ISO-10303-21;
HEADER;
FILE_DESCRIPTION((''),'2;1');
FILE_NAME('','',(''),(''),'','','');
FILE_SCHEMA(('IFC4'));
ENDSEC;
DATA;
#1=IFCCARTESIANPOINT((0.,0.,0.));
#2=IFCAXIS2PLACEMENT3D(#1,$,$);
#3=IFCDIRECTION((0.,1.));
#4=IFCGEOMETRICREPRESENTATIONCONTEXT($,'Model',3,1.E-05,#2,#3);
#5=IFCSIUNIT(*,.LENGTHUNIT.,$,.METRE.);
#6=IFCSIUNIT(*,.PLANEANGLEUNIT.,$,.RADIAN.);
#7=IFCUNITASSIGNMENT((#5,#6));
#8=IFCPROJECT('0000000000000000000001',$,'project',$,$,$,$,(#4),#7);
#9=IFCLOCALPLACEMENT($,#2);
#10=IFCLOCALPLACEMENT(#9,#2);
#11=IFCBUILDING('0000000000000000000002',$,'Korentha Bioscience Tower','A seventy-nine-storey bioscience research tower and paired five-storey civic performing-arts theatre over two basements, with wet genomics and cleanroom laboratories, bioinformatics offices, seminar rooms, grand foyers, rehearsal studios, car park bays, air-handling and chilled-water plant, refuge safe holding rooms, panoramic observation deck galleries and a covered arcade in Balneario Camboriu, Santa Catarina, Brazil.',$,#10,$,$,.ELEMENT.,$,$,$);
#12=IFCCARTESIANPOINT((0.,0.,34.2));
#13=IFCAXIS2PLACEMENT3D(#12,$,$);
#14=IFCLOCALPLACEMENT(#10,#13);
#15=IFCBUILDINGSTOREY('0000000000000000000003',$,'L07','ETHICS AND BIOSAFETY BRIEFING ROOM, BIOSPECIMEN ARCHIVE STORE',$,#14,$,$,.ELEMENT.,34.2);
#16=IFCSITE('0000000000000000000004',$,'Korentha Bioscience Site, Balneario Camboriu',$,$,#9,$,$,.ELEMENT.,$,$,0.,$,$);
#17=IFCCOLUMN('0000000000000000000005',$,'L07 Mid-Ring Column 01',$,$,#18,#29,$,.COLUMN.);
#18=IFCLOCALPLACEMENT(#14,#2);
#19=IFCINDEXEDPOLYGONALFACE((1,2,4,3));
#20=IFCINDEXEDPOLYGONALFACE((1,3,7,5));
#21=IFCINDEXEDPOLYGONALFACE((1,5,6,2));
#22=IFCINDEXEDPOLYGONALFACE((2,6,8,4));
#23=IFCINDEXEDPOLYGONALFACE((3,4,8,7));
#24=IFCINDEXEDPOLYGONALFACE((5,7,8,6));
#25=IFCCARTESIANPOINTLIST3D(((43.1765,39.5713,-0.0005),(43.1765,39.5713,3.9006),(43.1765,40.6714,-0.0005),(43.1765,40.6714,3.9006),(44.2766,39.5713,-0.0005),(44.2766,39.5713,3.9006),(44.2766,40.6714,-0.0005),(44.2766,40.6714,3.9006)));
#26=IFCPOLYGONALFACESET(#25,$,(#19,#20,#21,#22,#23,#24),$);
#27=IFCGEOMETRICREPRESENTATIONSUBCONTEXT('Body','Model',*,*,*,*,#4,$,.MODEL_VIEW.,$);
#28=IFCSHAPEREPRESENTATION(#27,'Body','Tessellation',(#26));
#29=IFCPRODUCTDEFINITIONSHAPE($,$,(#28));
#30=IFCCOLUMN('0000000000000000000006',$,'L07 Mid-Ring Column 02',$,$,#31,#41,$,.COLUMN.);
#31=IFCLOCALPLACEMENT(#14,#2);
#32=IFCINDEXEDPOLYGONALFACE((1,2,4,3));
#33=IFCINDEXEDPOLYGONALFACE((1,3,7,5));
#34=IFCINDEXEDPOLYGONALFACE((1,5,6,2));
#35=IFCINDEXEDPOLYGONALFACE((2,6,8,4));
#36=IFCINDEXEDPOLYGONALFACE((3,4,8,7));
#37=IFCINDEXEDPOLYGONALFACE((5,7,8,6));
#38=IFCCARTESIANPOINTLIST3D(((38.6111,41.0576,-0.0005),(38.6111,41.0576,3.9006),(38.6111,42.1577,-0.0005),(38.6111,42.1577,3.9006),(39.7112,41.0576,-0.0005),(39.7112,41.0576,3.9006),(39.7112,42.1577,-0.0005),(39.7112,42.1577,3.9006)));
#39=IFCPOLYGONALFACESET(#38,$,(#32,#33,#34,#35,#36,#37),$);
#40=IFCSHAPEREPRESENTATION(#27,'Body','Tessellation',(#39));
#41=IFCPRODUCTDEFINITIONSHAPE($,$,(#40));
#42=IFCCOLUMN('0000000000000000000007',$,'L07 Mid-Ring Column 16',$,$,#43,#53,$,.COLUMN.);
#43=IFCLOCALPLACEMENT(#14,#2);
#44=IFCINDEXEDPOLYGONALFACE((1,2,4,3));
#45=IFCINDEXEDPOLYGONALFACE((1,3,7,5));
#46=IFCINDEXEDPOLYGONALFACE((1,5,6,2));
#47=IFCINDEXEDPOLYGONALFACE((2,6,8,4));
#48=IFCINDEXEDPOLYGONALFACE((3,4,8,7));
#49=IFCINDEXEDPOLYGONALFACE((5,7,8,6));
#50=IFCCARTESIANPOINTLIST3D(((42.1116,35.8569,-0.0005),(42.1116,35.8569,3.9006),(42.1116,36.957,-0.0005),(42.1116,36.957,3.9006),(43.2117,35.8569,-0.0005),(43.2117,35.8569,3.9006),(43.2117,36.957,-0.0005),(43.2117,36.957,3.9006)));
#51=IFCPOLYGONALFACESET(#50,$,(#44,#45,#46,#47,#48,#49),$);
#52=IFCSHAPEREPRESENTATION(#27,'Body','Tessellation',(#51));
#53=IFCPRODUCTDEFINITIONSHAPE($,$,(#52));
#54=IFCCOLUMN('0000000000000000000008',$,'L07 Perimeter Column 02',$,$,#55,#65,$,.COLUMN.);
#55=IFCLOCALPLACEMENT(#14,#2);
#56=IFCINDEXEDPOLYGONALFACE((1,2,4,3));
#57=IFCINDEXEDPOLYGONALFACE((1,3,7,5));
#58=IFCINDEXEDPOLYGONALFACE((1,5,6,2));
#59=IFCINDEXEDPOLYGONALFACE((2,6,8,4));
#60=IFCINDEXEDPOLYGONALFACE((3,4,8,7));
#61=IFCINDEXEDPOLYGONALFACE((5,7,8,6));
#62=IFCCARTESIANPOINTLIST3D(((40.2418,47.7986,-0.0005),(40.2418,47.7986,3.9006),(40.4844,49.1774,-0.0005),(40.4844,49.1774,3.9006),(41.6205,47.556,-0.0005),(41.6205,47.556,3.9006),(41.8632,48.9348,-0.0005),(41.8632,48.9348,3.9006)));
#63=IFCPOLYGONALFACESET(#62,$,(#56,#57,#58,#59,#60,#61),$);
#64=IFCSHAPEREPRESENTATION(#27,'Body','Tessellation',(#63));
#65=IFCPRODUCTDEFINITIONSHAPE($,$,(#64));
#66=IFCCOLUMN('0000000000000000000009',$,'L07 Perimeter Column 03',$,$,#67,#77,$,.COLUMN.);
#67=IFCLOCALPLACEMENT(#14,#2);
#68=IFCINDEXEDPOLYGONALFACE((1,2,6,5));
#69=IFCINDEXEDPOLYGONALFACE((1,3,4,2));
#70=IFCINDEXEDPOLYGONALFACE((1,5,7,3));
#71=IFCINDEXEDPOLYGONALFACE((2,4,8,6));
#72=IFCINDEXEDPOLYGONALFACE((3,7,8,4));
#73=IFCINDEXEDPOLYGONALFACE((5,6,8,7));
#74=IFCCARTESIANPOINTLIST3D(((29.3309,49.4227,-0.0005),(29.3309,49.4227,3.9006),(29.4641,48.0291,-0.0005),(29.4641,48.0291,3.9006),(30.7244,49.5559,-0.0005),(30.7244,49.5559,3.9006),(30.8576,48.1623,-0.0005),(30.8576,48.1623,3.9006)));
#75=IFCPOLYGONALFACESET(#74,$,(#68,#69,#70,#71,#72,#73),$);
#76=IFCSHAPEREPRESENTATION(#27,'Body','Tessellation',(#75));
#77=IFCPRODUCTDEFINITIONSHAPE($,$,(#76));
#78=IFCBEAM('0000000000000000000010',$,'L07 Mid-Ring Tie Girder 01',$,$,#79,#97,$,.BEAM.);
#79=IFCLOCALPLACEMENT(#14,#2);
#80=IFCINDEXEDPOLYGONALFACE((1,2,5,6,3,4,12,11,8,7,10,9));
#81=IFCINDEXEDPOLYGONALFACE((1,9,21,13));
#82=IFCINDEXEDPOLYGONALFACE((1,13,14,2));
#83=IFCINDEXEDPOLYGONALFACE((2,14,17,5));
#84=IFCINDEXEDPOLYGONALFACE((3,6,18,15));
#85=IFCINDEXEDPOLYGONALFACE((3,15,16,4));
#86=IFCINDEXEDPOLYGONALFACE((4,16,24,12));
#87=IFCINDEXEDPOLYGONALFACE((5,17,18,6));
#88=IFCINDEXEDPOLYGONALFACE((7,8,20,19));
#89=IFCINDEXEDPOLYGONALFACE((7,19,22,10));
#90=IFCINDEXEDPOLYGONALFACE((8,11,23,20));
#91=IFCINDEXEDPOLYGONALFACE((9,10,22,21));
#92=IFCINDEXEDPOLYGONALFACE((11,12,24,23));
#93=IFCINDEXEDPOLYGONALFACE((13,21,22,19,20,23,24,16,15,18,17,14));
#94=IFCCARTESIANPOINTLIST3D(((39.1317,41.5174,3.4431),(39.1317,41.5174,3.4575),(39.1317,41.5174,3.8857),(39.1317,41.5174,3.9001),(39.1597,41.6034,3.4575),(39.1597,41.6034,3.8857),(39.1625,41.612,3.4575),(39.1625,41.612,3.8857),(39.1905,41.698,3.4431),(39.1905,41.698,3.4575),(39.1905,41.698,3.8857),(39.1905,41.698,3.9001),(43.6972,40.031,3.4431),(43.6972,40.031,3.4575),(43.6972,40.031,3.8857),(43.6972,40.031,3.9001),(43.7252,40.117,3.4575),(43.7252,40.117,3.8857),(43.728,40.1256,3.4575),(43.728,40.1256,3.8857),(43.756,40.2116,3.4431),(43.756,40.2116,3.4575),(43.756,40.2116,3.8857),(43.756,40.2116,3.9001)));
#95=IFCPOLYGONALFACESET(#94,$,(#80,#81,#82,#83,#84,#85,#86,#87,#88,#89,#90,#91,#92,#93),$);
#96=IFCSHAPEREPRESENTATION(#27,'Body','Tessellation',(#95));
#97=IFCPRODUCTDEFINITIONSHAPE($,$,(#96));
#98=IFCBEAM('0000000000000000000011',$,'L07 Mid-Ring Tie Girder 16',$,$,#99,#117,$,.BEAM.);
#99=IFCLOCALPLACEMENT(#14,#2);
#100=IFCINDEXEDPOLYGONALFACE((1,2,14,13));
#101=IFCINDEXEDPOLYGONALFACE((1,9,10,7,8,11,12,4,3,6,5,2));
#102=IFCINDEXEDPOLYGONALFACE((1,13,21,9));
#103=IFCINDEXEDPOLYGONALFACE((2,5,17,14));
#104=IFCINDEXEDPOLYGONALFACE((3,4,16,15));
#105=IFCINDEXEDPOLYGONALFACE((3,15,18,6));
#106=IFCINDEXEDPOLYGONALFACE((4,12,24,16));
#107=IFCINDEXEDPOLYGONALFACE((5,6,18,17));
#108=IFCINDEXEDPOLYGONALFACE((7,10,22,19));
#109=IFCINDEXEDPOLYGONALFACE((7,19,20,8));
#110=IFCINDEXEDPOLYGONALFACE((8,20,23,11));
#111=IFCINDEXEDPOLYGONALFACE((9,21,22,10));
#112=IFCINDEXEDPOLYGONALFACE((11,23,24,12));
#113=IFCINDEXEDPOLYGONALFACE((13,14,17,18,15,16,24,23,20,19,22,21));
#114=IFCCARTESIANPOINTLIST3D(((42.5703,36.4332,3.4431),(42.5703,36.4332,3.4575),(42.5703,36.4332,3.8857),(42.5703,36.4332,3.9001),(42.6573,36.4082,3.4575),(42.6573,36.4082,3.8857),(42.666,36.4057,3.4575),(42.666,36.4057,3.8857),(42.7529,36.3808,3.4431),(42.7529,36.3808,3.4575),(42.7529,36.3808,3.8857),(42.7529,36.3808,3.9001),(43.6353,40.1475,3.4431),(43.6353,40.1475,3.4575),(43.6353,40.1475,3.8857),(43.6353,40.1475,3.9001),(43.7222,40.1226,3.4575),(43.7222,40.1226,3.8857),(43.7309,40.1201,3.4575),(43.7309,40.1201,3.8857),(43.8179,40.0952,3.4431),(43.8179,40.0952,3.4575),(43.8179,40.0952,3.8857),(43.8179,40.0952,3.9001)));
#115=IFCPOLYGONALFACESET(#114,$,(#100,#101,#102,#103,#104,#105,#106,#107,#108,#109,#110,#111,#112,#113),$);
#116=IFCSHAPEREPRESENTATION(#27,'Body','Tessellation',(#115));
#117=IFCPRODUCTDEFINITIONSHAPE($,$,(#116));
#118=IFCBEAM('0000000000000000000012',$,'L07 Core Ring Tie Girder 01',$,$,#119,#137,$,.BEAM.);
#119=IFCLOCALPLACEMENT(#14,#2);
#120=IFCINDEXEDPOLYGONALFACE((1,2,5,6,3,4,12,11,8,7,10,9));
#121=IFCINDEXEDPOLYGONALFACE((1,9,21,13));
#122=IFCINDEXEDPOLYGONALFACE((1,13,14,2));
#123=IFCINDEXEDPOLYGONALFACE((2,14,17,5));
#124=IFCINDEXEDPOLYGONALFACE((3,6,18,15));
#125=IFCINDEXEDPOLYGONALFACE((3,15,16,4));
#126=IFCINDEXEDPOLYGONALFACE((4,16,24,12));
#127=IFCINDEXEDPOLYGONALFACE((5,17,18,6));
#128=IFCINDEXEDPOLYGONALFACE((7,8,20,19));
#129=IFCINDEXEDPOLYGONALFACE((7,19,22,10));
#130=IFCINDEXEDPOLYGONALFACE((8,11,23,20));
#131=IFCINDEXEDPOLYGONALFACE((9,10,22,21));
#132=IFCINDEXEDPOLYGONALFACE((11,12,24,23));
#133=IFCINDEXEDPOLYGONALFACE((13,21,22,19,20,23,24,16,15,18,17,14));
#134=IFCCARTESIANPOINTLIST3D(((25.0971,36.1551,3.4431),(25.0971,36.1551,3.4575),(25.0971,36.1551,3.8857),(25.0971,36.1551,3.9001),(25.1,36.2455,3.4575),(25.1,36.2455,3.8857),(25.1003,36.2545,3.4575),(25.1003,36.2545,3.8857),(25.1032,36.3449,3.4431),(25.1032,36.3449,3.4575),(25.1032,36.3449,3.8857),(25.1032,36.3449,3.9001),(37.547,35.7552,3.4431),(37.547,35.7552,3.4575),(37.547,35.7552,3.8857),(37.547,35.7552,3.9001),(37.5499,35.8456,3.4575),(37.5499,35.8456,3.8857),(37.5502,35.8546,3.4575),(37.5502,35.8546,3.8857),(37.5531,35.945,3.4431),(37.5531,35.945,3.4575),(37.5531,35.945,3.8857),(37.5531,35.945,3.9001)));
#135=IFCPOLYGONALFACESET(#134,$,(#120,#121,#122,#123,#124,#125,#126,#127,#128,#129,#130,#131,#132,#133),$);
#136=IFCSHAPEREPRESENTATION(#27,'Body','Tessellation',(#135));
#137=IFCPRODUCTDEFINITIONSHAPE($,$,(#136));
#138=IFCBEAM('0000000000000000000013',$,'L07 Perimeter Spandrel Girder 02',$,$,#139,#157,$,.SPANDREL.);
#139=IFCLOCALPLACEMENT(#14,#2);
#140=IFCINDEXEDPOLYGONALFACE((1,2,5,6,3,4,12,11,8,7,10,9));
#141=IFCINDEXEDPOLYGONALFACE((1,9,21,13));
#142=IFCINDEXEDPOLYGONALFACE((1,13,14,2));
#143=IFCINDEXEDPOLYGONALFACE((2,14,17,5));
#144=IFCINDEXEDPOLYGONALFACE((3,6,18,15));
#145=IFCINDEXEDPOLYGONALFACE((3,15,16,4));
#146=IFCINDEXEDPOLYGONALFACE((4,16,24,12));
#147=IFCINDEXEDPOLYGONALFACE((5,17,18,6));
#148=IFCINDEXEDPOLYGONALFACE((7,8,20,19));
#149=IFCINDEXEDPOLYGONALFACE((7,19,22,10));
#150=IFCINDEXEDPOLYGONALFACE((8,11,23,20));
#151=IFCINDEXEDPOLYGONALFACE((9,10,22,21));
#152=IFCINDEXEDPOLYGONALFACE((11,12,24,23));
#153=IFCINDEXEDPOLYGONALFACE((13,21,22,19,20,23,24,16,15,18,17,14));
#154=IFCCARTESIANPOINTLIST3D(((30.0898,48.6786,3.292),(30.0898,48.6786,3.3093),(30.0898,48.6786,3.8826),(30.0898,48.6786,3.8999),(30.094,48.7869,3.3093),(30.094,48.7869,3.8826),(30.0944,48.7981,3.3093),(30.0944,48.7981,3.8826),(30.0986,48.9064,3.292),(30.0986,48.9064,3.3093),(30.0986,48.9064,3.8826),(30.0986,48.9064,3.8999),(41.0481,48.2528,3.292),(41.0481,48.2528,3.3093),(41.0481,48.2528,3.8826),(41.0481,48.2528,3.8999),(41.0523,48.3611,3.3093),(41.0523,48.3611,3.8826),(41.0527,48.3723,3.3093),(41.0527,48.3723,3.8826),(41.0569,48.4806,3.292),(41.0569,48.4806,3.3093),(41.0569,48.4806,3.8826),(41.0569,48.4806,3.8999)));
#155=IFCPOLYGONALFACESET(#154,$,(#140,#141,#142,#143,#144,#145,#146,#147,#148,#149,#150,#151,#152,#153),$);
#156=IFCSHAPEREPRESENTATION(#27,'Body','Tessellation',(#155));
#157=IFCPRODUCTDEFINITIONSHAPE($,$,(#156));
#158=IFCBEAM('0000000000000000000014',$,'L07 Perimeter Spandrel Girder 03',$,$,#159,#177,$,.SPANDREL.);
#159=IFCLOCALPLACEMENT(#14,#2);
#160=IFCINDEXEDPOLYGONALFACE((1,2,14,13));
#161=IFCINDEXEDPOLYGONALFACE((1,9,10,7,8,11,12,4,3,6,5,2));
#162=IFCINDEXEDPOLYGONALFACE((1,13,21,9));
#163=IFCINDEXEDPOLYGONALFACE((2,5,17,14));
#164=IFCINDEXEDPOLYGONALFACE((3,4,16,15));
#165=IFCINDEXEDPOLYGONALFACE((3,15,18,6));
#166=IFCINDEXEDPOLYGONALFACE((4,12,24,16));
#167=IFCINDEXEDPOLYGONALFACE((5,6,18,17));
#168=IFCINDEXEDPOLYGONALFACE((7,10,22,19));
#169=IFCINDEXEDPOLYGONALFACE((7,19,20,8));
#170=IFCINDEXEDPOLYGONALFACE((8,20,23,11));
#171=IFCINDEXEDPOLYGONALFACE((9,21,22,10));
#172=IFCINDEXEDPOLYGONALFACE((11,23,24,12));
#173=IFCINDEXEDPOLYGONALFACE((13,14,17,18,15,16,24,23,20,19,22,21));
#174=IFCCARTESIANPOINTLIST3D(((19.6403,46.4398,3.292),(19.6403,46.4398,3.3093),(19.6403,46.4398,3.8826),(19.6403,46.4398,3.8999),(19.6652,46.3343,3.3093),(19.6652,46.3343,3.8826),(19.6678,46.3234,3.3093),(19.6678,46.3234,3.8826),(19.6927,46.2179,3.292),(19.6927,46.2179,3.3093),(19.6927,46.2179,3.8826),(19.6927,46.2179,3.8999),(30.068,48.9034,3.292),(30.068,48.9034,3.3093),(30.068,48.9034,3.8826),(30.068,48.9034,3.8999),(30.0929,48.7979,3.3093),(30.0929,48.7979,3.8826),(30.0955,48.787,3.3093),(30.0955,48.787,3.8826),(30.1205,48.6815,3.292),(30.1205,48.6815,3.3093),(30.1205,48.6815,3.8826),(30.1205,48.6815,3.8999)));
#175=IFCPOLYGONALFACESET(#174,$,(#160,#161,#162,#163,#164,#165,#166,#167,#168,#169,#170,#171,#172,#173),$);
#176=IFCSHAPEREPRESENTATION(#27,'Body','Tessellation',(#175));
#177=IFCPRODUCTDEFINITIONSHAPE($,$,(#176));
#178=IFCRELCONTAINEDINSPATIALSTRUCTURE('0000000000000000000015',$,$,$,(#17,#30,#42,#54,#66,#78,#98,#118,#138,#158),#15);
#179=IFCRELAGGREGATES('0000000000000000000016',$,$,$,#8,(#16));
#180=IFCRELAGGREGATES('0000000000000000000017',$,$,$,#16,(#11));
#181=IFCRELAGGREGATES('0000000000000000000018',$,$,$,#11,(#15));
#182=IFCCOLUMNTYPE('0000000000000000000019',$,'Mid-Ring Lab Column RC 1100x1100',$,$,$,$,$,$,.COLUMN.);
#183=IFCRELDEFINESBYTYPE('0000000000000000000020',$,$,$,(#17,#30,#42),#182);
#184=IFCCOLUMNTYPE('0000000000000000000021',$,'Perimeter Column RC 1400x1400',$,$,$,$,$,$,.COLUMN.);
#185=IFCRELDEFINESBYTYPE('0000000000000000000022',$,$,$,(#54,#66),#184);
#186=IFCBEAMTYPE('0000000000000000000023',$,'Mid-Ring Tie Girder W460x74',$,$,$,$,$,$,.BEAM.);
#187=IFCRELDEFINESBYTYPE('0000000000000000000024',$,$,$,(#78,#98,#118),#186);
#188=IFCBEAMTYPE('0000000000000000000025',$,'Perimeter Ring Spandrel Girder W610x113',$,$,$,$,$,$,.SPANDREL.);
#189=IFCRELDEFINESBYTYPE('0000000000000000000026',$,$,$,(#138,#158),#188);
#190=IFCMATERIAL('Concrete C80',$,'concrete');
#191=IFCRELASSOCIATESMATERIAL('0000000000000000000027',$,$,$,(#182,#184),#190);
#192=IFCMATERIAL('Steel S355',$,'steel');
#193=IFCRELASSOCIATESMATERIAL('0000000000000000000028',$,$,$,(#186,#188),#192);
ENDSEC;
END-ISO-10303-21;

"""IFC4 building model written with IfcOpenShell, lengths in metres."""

from ifc_helpers import new_model, si_unit, direction, frame, origin, origin_2d, place, context, subcontext, project, spatial, rectangle, i_section, extrude, material, material_profile, profile_set, type_object, element, save


model = new_model("IFC4")

# Units and contexts
model_context = context("Model", 3, precision=1e-05, world=origin(), true_north=direction((0.0, 1.0)))
body_context = subcontext(model_context, "Body", "Model", "MODEL_VIEW")
ifc_project = project(units=[si_unit("LENGTHUNIT", "METRE"), si_unit("PLANEANGLEUNIT", "RADIAN")], contexts=[model_context])

# Site, building, storey
site_placement = place(None, origin())
site = spatial("IfcSite", under=ifc_project, at=site_placement, Name="Korentha Bioscience Site, Balneario Camboriu", CompositionType="ELEMENT", RefElevation=0.0)
building_placement = place(site_placement, origin())
building = spatial("IfcBuilding", under=site, at=building_placement, Name="Korentha Bioscience Tower", Description="A seventy-nine-storey bioscience research tower and paired five-storey civic performing-arts theatre over two basements, with wet genomics and cleanroom laboratories, bioinformatics offices, seminar rooms, grand foyers, rehearsal studios, car park bays, air-handling and chilled-water plant, refuge safe holding rooms, panoramic observation deck galleries and a covered arcade in Balneario Camboriu, Santa Catarina, Brazil.", CompositionType="ELEMENT")
storey_placement = place(building_placement, frame((0.0, 0.0, 34.2)))
storey = spatial("IfcBuildingStorey", under=building, at=storey_placement, Name="L07", Description="ETHICS AND BIOSAFETY BRIEFING ROOM, BIOSPECIMEN ARCHIVE STORE", CompositionType="ELEMENT", Elevation=34.2)

# Columns
ifc_material_1 = material(Name="Concrete C80", Category="concrete")
ifc_material_profile_1 = material_profile(ifc_material_1, rectangle(XDim=1.1001, YDim=1.1001, at=origin_2d()), Name="Concrete C80")
ifc_profile_set_1 = profile_set([ifc_material_profile_1], Name="Concrete C80 (COL-MR11)")
column_type_1 = type_object("IfcColumnType", Name="Mid-Ring Lab Column RC 1100x1100", PredefinedType="COLUMN", material=ifc_profile_set_1)
for number, where, z_axis, x_axis, name in (
    (1, (43.7266, 40.1213, -0.0005), (0.0, 0.0, 1.0), (1.0, 0.0, 0.0), "L07 Mid-Ring Column 01"),
    (2, (39.1611, 41.6077, -0.0005), (0.0, 0.0, 1.0), (1.0, 0.0, 0.0), "L07 Mid-Ring Column 02"),
    (3, (42.6616, 36.407, -0.0005), (0.0, 0.0, 1.0), (1.0, 0.0, 0.0), "L07 Mid-Ring Column 16"),
):
    element("IfcColumn", number, at=place(storey_placement, frame(where, z_axis=z_axis, x_axis=x_axis)), inside=storey, type_object=column_type_1, Name=name, PredefinedType="COLUMN", context=body_context, shape_type="SweptSolid", body=[
        extrude(rectangle(XDim=1.1001, YDim=1.1001, at=origin_2d()), origin(), (0.0, 0.0, 1.0), 3.9011),
    ])
ifc_material_profile_2 = material_profile(ifc_material_1, rectangle(XDim=1.3999, YDim=1.3999, at=origin_2d()), Name="Concrete C80")
ifc_profile_set_2 = profile_set([ifc_material_profile_2], Name="Concrete C80 (COL-P14)")
column_type_2 = type_object("IfcColumnType", Name="Perimeter Column RC 1400x1400", PredefinedType="COLUMN", material=ifc_profile_set_2)
for number, where, z_axis, x_axis, name in (
    (4, (41.0525, 48.3667, -0.0005), (0.0, 0.0, 1.0), (-0.984868, 0.173304, 0.0), "L07 Perimeter Column 02"),
    (5, (30.0942, 48.7925, -0.0005), (0.0, 0.0, 1.0), (0.995463, 0.095151, 0.0), "L07 Perimeter Column 03"),
):
    element("IfcColumn", number, at=place(storey_placement, frame(where, z_axis=z_axis, x_axis=x_axis)), inside=storey, type_object=column_type_2, Name=name, PredefinedType="COLUMN", context=body_context, shape_type="SweptSolid", body=[
        extrude(rectangle(XDim=1.3999, YDim=1.3999, at=origin_2d()), origin(), (0.0, 0.0, 1.0), 3.9011),
    ])

# Beams
ifc_material_2 = material(Name="Steel S355", Category="steel")
ifc_material_profile_3 = material_profile(ifc_material_2, i_section(OverallWidth=0.1899, OverallDepth=0.457, WebThickness=0.009, FlangeThickness=0.0144, at=origin_2d()), Name="Steel S355")
ifc_profile_set_3 = profile_set([ifc_material_profile_3], Name="Steel S355 (MB-460)")
beam_type_1 = type_object("IfcBeamType", Name="Mid-Ring Tie Girder W460x74", PredefinedType="BEAM", material=ifc_profile_set_3)
beam_1_placement = place(storey_placement, frame((43.7266, 40.1213, 3.6716), z_axis=(-0.950877, 0.309569, 0.0), x_axis=(-0.309569, -0.950877, 0.0)))
element("IfcBeam", 6, at=beam_1_placement, inside=storey, type_object=beam_type_1, Name="L07 Mid-Ring Tie Girder 01", PredefinedType="BEAM", context=body_context, shape_type="SweptSolid", body=[
    extrude(i_section(OverallWidth=0.1899, OverallDepth=0.457, WebThickness=0.009, FlangeThickness=0.0144, at=origin_2d()), origin(), (0.0, 0.0, 1.0), 4.8013),
])
beam_2_placement = place(storey_placement, frame((42.6616, 36.407, 3.6716), z_axis=(0.275606, 0.961271, 0.0), x_axis=(-0.961271, 0.275606, 0.0)))
element("IfcBeam", 7, at=beam_2_placement, inside=storey, type_object=beam_type_1, Name="L07 Mid-Ring Tie Girder 16", PredefinedType="BEAM", context=body_context, shape_type="SweptSolid", body=[
    extrude(i_section(OverallWidth=0.1899, OverallDepth=0.457, WebThickness=0.009, FlangeThickness=0.0144, at=origin_2d()), origin(), (0.0, 0.0, 1.0), 3.864),
])
beam_3_placement = place(storey_placement, frame((37.55, 35.8501, 3.6716), z_axis=(-0.999485, 0.032104, 0.0), x_axis=(-0.032104, -0.999485, 0.0)))
element("IfcBeam", 8, at=beam_3_placement, inside=storey, type_object=beam_type_1, Name="L07 Core Ring Tie Girder 01", PredefinedType="BEAM", context=body_context, shape_type="SweptSolid", body=[
    extrude(i_section(OverallWidth=0.1899, OverallDepth=0.457, WebThickness=0.009, FlangeThickness=0.0144, at=origin_2d()), origin(), (0.0, 0.0, 1.0), 12.4563),
])
ifc_material_profile_4 = material_profile(ifc_material_2, i_section(OverallWidth=0.228, OverallDepth=0.6079, WebThickness=0.0112, FlangeThickness=0.0173, at=origin_2d()), Name="Steel S355")
ifc_profile_set_4 = profile_set([ifc_material_profile_4], Name="Steel S355 (SB-610)")
beam_type_2 = type_object("IfcBeamType", Name="Perimeter Ring Spandrel Girder W610x113", PredefinedType="SPANDREL", material=ifc_profile_set_4)
beam_4_placement = place(storey_placement, frame((41.0525, 48.3667, 3.5959), z_axis=(-0.999246, 0.038826, 0.0), x_axis=(-0.038826, -0.999246, 0.0)))
element("IfcBeam", 9, at=beam_4_placement, inside=storey, type_object=beam_type_2, Name="L07 Perimeter Spandrel Girder 02", PredefinedType="SPANDREL", context=body_context, shape_type="SweptSolid", body=[
    extrude(i_section(OverallWidth=0.228, OverallDepth=0.6079, WebThickness=0.0112, FlangeThickness=0.0173, at=origin_2d()), origin(), (0.0, 0.0, 1.0), 10.9666),
])
beam_5_placement = place(storey_placement, frame((30.0942, 48.7925, 3.5959), z_axis=(-0.973208, -0.229927, 0.0), x_axis=(0.229927, -0.973208, 0.0)))
element("IfcBeam", 10, at=beam_5_placement, inside=storey, type_object=beam_type_2, Name="L07 Perimeter Spandrel Girder 03", PredefinedType="SPANDREL", context=body_context, shape_type="SweptSolid", body=[
    extrude(i_section(OverallWidth=0.228, OverallDepth=0.6079, WebThickness=0.0112, FlangeThickness=0.0173, at=origin_2d()), origin(), (0.0, 0.0, 1.0), 10.7148),
])

save(model, "model.ifc")
